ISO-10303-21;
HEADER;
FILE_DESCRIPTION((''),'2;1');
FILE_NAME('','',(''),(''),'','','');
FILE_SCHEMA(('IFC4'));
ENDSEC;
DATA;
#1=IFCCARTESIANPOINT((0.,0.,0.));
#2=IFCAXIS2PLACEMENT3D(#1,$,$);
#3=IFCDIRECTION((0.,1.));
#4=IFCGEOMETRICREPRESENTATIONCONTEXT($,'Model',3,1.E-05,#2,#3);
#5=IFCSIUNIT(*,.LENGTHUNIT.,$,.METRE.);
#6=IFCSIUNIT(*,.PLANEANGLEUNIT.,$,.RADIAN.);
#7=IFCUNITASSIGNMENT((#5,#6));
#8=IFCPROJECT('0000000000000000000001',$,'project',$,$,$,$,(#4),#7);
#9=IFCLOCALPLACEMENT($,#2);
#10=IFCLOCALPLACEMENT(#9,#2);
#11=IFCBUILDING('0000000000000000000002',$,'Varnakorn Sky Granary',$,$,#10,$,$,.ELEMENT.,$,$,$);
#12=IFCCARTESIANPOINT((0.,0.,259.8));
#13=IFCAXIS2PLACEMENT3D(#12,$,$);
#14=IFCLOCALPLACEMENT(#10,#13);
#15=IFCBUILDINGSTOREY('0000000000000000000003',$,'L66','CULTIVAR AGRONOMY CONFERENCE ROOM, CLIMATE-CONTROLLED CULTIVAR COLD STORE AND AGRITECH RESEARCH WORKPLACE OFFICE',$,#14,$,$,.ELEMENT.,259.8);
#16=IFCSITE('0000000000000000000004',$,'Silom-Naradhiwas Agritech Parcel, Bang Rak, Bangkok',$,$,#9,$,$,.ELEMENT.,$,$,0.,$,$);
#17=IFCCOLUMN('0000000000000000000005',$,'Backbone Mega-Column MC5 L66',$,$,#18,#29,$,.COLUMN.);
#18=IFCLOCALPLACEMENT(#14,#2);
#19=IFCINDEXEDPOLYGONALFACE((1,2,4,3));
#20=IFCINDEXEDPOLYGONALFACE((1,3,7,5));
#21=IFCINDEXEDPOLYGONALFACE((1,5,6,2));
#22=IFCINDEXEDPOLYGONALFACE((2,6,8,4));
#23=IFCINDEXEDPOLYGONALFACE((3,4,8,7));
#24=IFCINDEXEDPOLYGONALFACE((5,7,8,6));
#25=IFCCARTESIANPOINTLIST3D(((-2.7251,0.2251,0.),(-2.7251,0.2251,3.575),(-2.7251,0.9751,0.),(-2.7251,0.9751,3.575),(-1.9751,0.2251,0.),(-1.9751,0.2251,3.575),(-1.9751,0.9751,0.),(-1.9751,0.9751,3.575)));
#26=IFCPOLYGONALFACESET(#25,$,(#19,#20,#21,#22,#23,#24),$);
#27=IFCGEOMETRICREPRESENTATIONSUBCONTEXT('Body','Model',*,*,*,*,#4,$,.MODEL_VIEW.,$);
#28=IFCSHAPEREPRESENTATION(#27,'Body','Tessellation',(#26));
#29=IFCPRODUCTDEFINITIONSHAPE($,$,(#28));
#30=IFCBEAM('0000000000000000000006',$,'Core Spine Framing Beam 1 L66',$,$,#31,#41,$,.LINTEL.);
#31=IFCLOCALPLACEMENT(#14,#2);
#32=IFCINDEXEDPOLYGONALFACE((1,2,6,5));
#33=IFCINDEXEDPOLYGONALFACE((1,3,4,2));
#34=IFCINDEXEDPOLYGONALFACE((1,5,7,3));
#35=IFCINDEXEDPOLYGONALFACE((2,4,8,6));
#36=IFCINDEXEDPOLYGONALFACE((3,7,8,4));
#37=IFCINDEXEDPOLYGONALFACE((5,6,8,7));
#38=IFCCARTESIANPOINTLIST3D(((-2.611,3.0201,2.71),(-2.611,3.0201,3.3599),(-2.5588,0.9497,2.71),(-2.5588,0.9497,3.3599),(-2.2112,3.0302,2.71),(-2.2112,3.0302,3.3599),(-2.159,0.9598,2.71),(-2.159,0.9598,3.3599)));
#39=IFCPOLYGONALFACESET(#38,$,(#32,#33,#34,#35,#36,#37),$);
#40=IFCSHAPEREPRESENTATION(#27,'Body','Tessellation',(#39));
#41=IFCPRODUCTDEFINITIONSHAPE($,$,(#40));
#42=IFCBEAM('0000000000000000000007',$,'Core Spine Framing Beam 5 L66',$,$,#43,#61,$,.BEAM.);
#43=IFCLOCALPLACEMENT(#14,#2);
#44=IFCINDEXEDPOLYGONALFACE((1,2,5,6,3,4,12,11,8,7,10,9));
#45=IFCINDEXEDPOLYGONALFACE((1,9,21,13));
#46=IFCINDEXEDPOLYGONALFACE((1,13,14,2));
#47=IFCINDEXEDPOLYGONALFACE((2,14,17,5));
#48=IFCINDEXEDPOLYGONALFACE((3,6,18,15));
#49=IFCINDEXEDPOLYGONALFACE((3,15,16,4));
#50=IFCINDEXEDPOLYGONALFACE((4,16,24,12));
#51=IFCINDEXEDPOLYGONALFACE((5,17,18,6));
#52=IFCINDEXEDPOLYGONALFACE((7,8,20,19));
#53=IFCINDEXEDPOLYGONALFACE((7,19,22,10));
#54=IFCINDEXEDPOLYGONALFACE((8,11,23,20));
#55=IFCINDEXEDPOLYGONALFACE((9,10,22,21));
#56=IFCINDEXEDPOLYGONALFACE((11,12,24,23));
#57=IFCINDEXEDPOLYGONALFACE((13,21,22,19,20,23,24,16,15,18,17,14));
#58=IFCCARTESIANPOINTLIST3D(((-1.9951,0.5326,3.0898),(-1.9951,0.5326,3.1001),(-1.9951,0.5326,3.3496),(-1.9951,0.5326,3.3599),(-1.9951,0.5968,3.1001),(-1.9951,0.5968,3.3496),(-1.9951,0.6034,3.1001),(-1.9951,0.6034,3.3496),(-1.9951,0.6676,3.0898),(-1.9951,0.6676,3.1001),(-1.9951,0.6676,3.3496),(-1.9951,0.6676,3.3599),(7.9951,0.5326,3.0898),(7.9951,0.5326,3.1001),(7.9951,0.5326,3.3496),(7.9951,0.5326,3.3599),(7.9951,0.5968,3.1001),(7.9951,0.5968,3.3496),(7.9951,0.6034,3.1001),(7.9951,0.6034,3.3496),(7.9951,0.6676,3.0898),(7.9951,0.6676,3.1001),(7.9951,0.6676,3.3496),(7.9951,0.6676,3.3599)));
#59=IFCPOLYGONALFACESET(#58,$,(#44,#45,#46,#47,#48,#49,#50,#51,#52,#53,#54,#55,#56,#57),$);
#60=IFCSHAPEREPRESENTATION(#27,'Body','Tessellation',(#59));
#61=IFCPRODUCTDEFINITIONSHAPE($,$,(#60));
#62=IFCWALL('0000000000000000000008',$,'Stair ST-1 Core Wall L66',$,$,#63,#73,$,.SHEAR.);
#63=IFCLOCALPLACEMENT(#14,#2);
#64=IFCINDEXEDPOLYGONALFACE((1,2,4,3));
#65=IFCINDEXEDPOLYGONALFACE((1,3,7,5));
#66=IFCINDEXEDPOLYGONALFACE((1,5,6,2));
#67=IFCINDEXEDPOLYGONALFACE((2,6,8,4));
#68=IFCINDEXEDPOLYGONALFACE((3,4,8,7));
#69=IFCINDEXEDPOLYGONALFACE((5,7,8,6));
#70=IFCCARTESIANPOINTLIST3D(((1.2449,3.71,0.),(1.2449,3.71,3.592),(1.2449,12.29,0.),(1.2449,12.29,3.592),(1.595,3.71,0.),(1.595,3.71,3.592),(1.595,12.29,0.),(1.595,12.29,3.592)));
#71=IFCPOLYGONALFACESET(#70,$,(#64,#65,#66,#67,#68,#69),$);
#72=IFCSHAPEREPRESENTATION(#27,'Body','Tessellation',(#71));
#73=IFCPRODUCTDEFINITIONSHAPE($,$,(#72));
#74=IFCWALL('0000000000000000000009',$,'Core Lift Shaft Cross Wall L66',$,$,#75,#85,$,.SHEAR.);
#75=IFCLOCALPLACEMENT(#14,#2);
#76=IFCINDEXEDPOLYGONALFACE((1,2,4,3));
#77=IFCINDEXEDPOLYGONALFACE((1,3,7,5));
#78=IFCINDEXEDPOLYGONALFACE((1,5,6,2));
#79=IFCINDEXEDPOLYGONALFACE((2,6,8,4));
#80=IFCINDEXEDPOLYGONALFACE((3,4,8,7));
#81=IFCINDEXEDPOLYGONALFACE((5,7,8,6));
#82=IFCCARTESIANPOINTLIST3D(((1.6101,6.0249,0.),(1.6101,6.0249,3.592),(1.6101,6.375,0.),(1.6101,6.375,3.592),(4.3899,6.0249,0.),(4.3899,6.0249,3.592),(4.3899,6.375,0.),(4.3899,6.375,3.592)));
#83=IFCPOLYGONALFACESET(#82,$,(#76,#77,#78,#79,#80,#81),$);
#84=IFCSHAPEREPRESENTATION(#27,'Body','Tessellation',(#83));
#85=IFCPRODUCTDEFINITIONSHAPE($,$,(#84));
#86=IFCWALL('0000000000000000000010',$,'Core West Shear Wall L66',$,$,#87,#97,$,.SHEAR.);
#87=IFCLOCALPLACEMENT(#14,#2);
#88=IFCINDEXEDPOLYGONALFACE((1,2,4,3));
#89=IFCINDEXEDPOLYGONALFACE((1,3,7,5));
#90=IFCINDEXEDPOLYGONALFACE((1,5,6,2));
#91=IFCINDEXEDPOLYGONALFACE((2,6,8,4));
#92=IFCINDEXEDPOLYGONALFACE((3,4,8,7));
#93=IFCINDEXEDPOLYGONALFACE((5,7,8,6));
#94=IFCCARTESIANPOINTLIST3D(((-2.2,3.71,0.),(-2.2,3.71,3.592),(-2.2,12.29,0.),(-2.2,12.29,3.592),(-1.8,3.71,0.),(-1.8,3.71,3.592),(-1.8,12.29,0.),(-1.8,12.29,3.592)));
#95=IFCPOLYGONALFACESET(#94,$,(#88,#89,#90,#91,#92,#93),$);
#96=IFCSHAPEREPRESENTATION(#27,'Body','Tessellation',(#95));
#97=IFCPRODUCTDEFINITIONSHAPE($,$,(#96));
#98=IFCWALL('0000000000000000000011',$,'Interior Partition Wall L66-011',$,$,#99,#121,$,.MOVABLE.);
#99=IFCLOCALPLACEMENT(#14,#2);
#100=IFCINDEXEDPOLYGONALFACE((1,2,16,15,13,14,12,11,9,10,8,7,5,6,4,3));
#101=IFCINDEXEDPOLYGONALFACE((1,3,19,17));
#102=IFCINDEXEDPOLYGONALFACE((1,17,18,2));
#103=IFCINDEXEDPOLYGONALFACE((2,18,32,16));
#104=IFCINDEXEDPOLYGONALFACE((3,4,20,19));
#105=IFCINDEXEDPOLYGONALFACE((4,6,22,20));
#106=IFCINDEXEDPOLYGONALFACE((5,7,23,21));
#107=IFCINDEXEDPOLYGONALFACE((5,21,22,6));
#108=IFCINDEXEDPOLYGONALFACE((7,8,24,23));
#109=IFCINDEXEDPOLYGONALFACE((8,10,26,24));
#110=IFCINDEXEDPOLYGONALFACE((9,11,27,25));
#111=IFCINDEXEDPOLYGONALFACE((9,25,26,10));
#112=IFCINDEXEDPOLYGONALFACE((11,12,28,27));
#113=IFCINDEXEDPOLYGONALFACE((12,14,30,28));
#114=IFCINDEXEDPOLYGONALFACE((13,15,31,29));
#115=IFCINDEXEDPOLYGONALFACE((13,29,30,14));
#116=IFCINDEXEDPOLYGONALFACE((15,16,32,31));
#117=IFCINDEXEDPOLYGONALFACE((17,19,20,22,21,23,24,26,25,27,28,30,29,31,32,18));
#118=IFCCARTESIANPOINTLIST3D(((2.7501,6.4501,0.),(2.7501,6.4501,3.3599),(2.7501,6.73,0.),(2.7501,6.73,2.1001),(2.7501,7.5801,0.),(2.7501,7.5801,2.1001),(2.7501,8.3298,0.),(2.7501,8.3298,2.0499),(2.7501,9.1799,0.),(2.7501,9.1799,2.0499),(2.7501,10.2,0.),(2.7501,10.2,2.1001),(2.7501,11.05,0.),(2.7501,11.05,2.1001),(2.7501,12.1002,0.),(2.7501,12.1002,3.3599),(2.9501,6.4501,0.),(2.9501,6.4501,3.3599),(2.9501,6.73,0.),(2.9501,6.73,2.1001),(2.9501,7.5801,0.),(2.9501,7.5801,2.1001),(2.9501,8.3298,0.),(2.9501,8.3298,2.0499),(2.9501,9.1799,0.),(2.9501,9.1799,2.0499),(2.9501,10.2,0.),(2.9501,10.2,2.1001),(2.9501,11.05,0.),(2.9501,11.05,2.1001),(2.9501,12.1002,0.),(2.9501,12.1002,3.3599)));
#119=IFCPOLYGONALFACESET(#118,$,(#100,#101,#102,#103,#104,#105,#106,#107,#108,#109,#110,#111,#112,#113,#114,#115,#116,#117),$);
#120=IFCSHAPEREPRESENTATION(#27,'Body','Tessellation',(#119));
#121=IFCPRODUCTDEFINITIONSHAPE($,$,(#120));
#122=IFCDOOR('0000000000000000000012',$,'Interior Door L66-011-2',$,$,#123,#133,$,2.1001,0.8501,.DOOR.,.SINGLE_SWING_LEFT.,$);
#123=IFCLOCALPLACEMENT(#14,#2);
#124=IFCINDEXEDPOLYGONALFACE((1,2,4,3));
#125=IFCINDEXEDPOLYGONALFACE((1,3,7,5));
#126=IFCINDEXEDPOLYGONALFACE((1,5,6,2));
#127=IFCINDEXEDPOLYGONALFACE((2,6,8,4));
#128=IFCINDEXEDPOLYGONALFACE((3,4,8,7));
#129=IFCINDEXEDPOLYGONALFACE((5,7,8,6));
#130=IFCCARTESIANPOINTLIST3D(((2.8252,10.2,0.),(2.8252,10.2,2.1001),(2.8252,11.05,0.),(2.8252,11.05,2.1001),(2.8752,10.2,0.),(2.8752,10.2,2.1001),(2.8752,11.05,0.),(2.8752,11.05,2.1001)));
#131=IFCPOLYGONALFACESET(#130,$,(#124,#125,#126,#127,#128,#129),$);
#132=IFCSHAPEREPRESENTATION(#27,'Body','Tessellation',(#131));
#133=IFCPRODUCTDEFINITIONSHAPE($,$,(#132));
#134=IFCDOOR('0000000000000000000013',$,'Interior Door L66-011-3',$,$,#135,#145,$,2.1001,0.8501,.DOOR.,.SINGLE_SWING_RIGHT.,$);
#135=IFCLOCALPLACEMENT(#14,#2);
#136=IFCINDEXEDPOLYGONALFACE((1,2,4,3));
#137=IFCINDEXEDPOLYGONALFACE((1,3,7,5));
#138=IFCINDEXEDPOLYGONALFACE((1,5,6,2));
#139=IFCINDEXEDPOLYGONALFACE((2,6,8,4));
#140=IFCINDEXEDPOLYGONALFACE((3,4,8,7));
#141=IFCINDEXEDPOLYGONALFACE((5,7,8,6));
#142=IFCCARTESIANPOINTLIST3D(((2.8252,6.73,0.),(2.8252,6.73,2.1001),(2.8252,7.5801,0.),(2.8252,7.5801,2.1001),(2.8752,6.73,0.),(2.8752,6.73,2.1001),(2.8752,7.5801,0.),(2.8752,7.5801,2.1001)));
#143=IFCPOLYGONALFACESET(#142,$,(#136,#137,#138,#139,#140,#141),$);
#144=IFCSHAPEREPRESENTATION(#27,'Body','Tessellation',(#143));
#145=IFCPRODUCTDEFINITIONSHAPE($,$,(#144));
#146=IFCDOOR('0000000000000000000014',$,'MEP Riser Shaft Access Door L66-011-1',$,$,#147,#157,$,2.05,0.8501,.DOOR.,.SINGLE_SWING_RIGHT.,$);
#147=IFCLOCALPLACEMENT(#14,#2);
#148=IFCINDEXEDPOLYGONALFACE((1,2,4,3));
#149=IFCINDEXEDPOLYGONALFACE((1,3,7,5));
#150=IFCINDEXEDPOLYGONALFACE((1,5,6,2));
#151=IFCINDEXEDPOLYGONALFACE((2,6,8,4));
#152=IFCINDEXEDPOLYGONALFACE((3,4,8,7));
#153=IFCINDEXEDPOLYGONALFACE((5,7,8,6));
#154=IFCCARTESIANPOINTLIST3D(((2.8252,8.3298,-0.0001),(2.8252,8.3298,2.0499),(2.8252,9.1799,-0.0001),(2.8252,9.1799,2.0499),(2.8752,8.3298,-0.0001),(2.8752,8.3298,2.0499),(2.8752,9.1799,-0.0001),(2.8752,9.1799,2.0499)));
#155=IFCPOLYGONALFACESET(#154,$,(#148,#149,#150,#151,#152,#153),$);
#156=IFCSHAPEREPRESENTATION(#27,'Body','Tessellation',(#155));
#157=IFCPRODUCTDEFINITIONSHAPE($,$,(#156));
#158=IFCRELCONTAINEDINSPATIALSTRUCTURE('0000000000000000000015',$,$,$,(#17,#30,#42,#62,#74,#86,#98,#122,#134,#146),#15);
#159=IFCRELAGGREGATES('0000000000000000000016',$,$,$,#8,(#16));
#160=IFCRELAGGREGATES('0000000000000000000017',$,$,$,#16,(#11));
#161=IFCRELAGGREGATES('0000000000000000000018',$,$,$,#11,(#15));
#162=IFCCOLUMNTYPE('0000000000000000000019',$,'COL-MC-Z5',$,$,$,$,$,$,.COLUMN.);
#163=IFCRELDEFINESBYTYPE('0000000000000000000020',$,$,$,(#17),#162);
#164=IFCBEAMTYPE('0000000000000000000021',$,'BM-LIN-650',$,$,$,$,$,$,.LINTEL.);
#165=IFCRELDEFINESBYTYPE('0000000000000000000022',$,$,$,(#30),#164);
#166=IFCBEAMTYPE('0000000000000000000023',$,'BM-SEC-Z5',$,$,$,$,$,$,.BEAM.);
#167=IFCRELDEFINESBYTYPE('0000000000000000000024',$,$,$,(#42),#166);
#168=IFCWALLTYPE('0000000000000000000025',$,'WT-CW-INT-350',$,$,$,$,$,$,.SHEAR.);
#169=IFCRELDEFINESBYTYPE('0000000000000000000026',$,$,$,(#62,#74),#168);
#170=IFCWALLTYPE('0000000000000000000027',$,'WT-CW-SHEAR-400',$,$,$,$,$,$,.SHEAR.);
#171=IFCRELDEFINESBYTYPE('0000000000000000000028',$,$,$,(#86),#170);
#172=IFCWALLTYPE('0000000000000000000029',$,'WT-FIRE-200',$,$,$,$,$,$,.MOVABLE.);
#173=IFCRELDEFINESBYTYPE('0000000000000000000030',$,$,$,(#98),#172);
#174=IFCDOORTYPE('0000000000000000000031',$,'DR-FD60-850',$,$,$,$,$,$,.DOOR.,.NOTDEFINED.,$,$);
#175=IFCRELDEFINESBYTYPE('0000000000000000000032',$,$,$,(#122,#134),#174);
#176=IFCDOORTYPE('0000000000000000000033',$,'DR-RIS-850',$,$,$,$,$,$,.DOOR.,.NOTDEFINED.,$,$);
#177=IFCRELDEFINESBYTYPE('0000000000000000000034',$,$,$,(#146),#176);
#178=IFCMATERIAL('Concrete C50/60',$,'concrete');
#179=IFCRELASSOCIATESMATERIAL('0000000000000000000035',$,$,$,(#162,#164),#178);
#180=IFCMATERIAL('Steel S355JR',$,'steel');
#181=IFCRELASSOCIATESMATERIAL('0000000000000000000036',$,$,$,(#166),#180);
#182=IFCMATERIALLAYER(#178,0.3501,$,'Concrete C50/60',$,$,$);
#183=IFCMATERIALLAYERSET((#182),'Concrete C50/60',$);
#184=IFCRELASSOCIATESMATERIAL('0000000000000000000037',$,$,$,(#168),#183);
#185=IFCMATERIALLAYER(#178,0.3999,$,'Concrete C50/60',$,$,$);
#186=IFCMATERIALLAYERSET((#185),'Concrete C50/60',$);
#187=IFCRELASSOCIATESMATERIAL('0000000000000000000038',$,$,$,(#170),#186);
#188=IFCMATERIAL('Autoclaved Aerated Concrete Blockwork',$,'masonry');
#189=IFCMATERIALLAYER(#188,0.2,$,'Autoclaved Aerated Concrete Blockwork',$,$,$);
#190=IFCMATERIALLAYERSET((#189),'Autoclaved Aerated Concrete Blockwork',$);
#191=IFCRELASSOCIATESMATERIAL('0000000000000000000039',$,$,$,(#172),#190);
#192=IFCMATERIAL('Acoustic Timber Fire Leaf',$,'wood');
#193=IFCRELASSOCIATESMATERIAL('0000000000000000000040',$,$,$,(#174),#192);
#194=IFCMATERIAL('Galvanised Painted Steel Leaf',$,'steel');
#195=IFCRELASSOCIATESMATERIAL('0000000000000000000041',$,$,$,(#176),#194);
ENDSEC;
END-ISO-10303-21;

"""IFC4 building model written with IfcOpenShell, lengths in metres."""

from ifc_helpers import new_model, si_unit, direction, frame, frame_2d, origin, origin_2d, place, context, subcontext, project, spatial, rectangle, i_section, extrude, material, layer, layer_set, material_profile, profile_set, type_object, element, fill, save


model = new_model("IFC4")

# Units and contexts
model_context = context("Model", 3, precision=1e-05, world=origin(), true_north=direction((0.0, 1.0)))
body_context = subcontext(model_context, "Body", "Model", "MODEL_VIEW")
ifc_project = project(units=[si_unit("LENGTHUNIT", "METRE"), si_unit("PLANEANGLEUNIT", "RADIAN")], contexts=[model_context])

# Site, building, storey
site_placement = place(None, origin())
site = spatial("IfcSite", under=ifc_project, at=site_placement, Name="Silom-Naradhiwas Agritech Parcel, Bang Rak, Bangkok", CompositionType="ELEMENT", RefElevation=0.0)
building_placement = place(site_placement, origin())
building = spatial("IfcBuilding", under=site, at=building_placement, Name="Varnakorn Sky Granary", CompositionType="ELEMENT")
storey_placement = place(building_placement, frame((0.0, 0.0, 259.8)))
storey = spatial("IfcBuildingStorey", under=building, at=storey_placement, Name="L66", Description="CULTIVAR AGRONOMY CONFERENCE ROOM, CLIMATE-CONTROLLED CULTIVAR COLD STORE AND AGRITECH RESEARCH WORKPLACE OFFICE", CompositionType="ELEMENT", Elevation=259.8)

# Column
ifc_material_1 = material(Name="Concrete C50/60", Category="concrete")
ifc_material_profile_1 = material_profile(ifc_material_1, rectangle(XDim=0.75, YDim=0.75, at=origin_2d()), Name="RC 750x750")
ifc_profile_set_1 = profile_set([ifc_material_profile_1], Name="Concrete C50/60")
column_type = type_object("IfcColumnType", Name="COL-MC-Z5", PredefinedType="COLUMN", material=ifc_profile_set_1)
column_placement = place(storey_placement, frame((-2.3501, 0.6001, 0.0), z_axis=(0.0, 0.0, 1.0), x_axis=(1.0, 0.0, 0.0)))
element("IfcColumn", 1, at=column_placement, inside=storey, type_object=column_type, Name="Backbone Mega-Column MC5 L66", PredefinedType="COLUMN", context=body_context, shape_type="SweptSolid", body=[
    extrude(rectangle(XDim=0.75, YDim=0.75, at=origin_2d()), origin(), (0.0, 0.0, 1.0), 3.575),
])

# Beams
ifc_material_profile_2 = material_profile(ifc_material_1, rectangle(XDim=0.3999, YDim=0.6499, at=origin_2d()), Name="RC 400x650")
ifc_profile_set_2 = profile_set([ifc_material_profile_2], Name="Concrete C50/60")
beam_type_1 = type_object("IfcBeamType", Name="BM-LIN-650", PredefinedType="LINTEL", material=ifc_profile_set_2)
beam_1_placement = place(storey_placement, frame((-2.4111, 3.0251, 3.0349), z_axis=(0.025228, -0.999682, 0.0), x_axis=(0.999682, 0.025228, 0.0)))
element("IfcBeam", 2, at=beam_1_placement, inside=storey, type_object=beam_type_1, Name="Core Spine Framing Beam 1 L66", PredefinedType="LINTEL", context=body_context, shape_type="SweptSolid", body=[
    extrude(rectangle(XDim=0.3999, YDim=0.6499, at=origin_2d()), origin(), (0.0, 0.0, 1.0), 2.071),
])
ifc_material_2 = material(Name="Steel S355JR", Category="steel")
ifc_material_profile_3 = material_profile(ifc_material_2, i_section(OverallWidth=0.135, OverallDepth=0.27, WebThickness=0.0066, FlangeThickness=0.0103, at=origin_2d()), Name="IPE 270")
ifc_profile_set_3 = profile_set([ifc_material_profile_3], Name="Steel S355JR")
beam_type_2 = type_object("IfcBeamType", Name="BM-SEC-Z5", PredefinedType="BEAM", material=ifc_profile_set_3)
beam_2_placement = place(storey_placement, frame((-1.9951, 0.6001, 3.2249), z_axis=(1.0, 0.0, 0.0), x_axis=(0.0, 1.0, 0.0)))
element("IfcBeam", 3, at=beam_2_placement, inside=storey, type_object=beam_type_2, Name="Core Spine Framing Beam 5 L66", PredefinedType="BEAM", context=body_context, shape_type="SweptSolid", body=[
    extrude(i_section(OverallWidth=0.135, OverallDepth=0.27, WebThickness=0.0066, FlangeThickness=0.0103, at=origin_2d()), origin(), (0.0, 0.0, 1.0), 9.9902),
])

# Walls
ifc_layer_1 = layer(ifc_material_1, 0.3501, Name="Concrete C50/60")
ifc_layer_set_1 = layer_set([ifc_layer_1], Name="Concrete C50/60")
wall_type_1 = type_object("IfcWallType", Name="WT-CW-INT-350", PredefinedType="SHEAR", material=ifc_layer_set_1)
wall_1_placement = place(storey_placement, frame((1.4199, 3.71, 0.0), z_axis=(0.0, 0.0, 1.0), x_axis=(0.0, 1.0, 0.0)))
element("IfcWall", 4, at=wall_1_placement, inside=storey, type_object=wall_type_1, Name="Stair ST-1 Core Wall L66", PredefinedType="SHEAR", context=body_context, shape_type="SweptSolid", body=[
    extrude(rectangle(XDim=8.5801, YDim=0.3501, at=frame_2d((4.29, 0.0))), origin(), (0.0, 0.0, 1.0), 3.592),
])
wall_2_placement = place(storey_placement, frame((1.6101, 6.2, 0.0), z_axis=(0.0, 0.0, 1.0), x_axis=(1.0, 0.0, 0.0)))
element("IfcWall", 5, at=wall_2_placement, inside=storey, type_object=wall_type_1, Name="Core Lift Shaft Cross Wall L66", PredefinedType="SHEAR", context=body_context, shape_type="SweptSolid", body=[
    extrude(rectangle(XDim=2.7798, YDim=0.3501, at=frame_2d((1.3899, 0.0))), origin(), (0.0, 0.0, 1.0), 3.592),
])

# Shared definitions
ifc_layer_2 = layer(ifc_material_1, 0.3999, Name="Concrete C50/60")
ifc_layer_set_2 = layer_set([ifc_layer_2], Name="Concrete C50/60")
wall_type_2 = type_object("IfcWallType", Name="WT-CW-SHEAR-400", PredefinedType="SHEAR", material=ifc_layer_set_2)
ifc_material_3 = material(Name="Galvanised Painted Steel Leaf", Category="steel")

# Wall
wall_3_placement = place(storey_placement, frame((-2.0, 3.71, 0.0), z_axis=(0.0, 0.0, 1.0), x_axis=(0.0, 1.0, 0.0)))
element("IfcWall", 6, at=wall_3_placement, inside=storey, type_object=wall_type_2, Name="Core West Shear Wall L66", PredefinedType="SHEAR", context=body_context, shape_type="SweptSolid", body=[
    extrude(rectangle(XDim=8.5801, YDim=0.3999, at=frame_2d((4.29, 0.0))), origin(), (0.0, 0.0, 1.0), 3.592),
])

# Wall, openings, doors
ifc_material_4 = material(Name="Autoclaved Aerated Concrete Blockwork", Category="masonry")
ifc_layer_3 = layer(ifc_material_4, 0.2, Name="Autoclaved Aerated Concrete Blockwork")
ifc_layer_set_3 = layer_set([ifc_layer_3], Name="Autoclaved Aerated Concrete Blockwork")
wall_type_3 = type_object("IfcWallType", Name="WT-FIRE-200", PredefinedType="MOVABLE", material=ifc_layer_set_3)
wall_4_placement = place(storey_placement, frame((2.8501, 6.45, 0.0), z_axis=(0.0, 0.0, 1.0), x_axis=(0.0, 1.0, 0.0)))
wall_4 = element("IfcWall", 7, at=wall_4_placement, inside=storey, type_object=wall_type_3, Name="Interior Partition Wall L66-011", PredefinedType="MOVABLE", context=body_context, shape_type="SweptSolid", body=[
    extrude(rectangle(XDim=5.6501, YDim=0.2, at=frame_2d((2.8252, 0.0))), origin(), (0.0, 0.0, 1.0), 3.3599),
])
opening_1_placement = place(wall_4_placement, frame((1.8799, 0.0, 0.0)))
opening_1 = element("IfcOpeningElement", 8, at=opening_1_placement, cuts=wall_4, PredefinedType="OPENING", context=body_context, shape_type="SweptSolid", body=[
    extrude(rectangle(XDim=0.8501, YDim=2.05, at=frame_2d((0.425, 1.0249))), frame((0.0, 0.1099, 0.0), z_axis=(0.0, -1.0, 0.0), x_axis=(1.0, 0.0, 0.0)), (0.0, 0.0, 1.0), 0.22),
])
opening_2_placement = place(wall_4_placement, frame((3.75, 0.0, 0.0)))
opening_2 = element("IfcOpeningElement", 9, at=opening_2_placement, cuts=wall_4, PredefinedType="OPENING", context=body_context, shape_type="SweptSolid", body=[
    extrude(rectangle(XDim=0.8501, YDim=2.1001, at=frame_2d((0.425, 1.05))), frame((0.0, 0.1099, 0.0), z_axis=(0.0, -1.0, 0.0), x_axis=(1.0, 0.0, 0.0)), (0.0, 0.0, 1.0), 0.22),
])
opening_3_placement = place(wall_4_placement, frame((0.28, 0.0, 0.0)))
opening_3 = element("IfcOpeningElement", 10, at=opening_3_placement, cuts=wall_4, PredefinedType="OPENING", context=body_context, shape_type="SweptSolid", body=[
    extrude(rectangle(XDim=0.8501, YDim=2.1001, at=frame_2d((0.425, 1.05))), frame((0.0, 0.1099, 0.0), z_axis=(0.0, -1.0, 0.0), x_axis=(1.0, 0.0, 0.0)), (0.0, 0.0, 1.0), 0.22),
])
ifc_material_5 = material(Name="Acoustic Timber Fire Leaf", Category="wood")
door_type_1 = type_object("IfcDoorType", Name="DR-FD60-850", OperationType="NOTDEFINED", PredefinedType="DOOR", material=ifc_material_5)
door_1_placement = place(opening_2_placement, origin())
door_1 = element("IfcDoor", 11, at=door_1_placement, inside=storey, type_object=door_type_1, Name="Interior Door L66-011-2", OperationType="SINGLE_SWING_LEFT", OverallHeight=2.1001, OverallWidth=0.8501, PredefinedType="DOOR", context=body_context, shape_type="SweptSolid", body=[
    extrude(rectangle(XDim=0.8501, YDim=2.1001, at=frame_2d((0.425, 1.05))), frame((0.0, 0.0249, 0.0), z_axis=(0.0, -1.0, 0.0), x_axis=(1.0, 0.0, 0.0)), (0.0, 0.0, 1.0), 0.05),
])
fill(opening_2, door_1)
door_2_placement = place(opening_3_placement, origin())
door_2 = element("IfcDoor", 12, at=door_2_placement, inside=storey, type_object=door_type_1, Name="Interior Door L66-011-3", OperationType="SINGLE_SWING_RIGHT", OverallHeight=2.1001, OverallWidth=0.8501, PredefinedType="DOOR", context=body_context, shape_type="SweptSolid", body=[
    extrude(rectangle(XDim=0.8501, YDim=2.1001, at=frame_2d((0.425, 1.05))), frame((0.0, 0.0249, 0.0), z_axis=(0.0, -1.0, 0.0), x_axis=(1.0, 0.0, 0.0)), (0.0, 0.0, 1.0), 0.05),
])
fill(opening_3, door_2)
door_type_2 = type_object("IfcDoorType", Name="DR-RIS-850", OperationType="NOTDEFINED", PredefinedType="DOOR", material=ifc_material_3)
door_3_placement = place(opening_1_placement, origin())
door_3 = element("IfcDoor", 13, at=door_3_placement, inside=storey, type_object=door_type_2, Name="MEP Riser Shaft Access Door L66-011-1", OperationType="SINGLE_SWING_RIGHT", OverallHeight=2.05, OverallWidth=0.8501, PredefinedType="DOOR", context=body_context, shape_type="SweptSolid", body=[
    extrude(rectangle(XDim=0.8501, YDim=2.05, at=frame_2d((0.425, 1.0249))), frame((0.0, 0.0249, 0.0), z_axis=(0.0, -1.0, 0.0), x_axis=(1.0, 0.0, 0.0)), (0.0, 0.0, 1.0), 0.05),
])
fill(opening_1, door_3)

save(model, "model.ifc")
